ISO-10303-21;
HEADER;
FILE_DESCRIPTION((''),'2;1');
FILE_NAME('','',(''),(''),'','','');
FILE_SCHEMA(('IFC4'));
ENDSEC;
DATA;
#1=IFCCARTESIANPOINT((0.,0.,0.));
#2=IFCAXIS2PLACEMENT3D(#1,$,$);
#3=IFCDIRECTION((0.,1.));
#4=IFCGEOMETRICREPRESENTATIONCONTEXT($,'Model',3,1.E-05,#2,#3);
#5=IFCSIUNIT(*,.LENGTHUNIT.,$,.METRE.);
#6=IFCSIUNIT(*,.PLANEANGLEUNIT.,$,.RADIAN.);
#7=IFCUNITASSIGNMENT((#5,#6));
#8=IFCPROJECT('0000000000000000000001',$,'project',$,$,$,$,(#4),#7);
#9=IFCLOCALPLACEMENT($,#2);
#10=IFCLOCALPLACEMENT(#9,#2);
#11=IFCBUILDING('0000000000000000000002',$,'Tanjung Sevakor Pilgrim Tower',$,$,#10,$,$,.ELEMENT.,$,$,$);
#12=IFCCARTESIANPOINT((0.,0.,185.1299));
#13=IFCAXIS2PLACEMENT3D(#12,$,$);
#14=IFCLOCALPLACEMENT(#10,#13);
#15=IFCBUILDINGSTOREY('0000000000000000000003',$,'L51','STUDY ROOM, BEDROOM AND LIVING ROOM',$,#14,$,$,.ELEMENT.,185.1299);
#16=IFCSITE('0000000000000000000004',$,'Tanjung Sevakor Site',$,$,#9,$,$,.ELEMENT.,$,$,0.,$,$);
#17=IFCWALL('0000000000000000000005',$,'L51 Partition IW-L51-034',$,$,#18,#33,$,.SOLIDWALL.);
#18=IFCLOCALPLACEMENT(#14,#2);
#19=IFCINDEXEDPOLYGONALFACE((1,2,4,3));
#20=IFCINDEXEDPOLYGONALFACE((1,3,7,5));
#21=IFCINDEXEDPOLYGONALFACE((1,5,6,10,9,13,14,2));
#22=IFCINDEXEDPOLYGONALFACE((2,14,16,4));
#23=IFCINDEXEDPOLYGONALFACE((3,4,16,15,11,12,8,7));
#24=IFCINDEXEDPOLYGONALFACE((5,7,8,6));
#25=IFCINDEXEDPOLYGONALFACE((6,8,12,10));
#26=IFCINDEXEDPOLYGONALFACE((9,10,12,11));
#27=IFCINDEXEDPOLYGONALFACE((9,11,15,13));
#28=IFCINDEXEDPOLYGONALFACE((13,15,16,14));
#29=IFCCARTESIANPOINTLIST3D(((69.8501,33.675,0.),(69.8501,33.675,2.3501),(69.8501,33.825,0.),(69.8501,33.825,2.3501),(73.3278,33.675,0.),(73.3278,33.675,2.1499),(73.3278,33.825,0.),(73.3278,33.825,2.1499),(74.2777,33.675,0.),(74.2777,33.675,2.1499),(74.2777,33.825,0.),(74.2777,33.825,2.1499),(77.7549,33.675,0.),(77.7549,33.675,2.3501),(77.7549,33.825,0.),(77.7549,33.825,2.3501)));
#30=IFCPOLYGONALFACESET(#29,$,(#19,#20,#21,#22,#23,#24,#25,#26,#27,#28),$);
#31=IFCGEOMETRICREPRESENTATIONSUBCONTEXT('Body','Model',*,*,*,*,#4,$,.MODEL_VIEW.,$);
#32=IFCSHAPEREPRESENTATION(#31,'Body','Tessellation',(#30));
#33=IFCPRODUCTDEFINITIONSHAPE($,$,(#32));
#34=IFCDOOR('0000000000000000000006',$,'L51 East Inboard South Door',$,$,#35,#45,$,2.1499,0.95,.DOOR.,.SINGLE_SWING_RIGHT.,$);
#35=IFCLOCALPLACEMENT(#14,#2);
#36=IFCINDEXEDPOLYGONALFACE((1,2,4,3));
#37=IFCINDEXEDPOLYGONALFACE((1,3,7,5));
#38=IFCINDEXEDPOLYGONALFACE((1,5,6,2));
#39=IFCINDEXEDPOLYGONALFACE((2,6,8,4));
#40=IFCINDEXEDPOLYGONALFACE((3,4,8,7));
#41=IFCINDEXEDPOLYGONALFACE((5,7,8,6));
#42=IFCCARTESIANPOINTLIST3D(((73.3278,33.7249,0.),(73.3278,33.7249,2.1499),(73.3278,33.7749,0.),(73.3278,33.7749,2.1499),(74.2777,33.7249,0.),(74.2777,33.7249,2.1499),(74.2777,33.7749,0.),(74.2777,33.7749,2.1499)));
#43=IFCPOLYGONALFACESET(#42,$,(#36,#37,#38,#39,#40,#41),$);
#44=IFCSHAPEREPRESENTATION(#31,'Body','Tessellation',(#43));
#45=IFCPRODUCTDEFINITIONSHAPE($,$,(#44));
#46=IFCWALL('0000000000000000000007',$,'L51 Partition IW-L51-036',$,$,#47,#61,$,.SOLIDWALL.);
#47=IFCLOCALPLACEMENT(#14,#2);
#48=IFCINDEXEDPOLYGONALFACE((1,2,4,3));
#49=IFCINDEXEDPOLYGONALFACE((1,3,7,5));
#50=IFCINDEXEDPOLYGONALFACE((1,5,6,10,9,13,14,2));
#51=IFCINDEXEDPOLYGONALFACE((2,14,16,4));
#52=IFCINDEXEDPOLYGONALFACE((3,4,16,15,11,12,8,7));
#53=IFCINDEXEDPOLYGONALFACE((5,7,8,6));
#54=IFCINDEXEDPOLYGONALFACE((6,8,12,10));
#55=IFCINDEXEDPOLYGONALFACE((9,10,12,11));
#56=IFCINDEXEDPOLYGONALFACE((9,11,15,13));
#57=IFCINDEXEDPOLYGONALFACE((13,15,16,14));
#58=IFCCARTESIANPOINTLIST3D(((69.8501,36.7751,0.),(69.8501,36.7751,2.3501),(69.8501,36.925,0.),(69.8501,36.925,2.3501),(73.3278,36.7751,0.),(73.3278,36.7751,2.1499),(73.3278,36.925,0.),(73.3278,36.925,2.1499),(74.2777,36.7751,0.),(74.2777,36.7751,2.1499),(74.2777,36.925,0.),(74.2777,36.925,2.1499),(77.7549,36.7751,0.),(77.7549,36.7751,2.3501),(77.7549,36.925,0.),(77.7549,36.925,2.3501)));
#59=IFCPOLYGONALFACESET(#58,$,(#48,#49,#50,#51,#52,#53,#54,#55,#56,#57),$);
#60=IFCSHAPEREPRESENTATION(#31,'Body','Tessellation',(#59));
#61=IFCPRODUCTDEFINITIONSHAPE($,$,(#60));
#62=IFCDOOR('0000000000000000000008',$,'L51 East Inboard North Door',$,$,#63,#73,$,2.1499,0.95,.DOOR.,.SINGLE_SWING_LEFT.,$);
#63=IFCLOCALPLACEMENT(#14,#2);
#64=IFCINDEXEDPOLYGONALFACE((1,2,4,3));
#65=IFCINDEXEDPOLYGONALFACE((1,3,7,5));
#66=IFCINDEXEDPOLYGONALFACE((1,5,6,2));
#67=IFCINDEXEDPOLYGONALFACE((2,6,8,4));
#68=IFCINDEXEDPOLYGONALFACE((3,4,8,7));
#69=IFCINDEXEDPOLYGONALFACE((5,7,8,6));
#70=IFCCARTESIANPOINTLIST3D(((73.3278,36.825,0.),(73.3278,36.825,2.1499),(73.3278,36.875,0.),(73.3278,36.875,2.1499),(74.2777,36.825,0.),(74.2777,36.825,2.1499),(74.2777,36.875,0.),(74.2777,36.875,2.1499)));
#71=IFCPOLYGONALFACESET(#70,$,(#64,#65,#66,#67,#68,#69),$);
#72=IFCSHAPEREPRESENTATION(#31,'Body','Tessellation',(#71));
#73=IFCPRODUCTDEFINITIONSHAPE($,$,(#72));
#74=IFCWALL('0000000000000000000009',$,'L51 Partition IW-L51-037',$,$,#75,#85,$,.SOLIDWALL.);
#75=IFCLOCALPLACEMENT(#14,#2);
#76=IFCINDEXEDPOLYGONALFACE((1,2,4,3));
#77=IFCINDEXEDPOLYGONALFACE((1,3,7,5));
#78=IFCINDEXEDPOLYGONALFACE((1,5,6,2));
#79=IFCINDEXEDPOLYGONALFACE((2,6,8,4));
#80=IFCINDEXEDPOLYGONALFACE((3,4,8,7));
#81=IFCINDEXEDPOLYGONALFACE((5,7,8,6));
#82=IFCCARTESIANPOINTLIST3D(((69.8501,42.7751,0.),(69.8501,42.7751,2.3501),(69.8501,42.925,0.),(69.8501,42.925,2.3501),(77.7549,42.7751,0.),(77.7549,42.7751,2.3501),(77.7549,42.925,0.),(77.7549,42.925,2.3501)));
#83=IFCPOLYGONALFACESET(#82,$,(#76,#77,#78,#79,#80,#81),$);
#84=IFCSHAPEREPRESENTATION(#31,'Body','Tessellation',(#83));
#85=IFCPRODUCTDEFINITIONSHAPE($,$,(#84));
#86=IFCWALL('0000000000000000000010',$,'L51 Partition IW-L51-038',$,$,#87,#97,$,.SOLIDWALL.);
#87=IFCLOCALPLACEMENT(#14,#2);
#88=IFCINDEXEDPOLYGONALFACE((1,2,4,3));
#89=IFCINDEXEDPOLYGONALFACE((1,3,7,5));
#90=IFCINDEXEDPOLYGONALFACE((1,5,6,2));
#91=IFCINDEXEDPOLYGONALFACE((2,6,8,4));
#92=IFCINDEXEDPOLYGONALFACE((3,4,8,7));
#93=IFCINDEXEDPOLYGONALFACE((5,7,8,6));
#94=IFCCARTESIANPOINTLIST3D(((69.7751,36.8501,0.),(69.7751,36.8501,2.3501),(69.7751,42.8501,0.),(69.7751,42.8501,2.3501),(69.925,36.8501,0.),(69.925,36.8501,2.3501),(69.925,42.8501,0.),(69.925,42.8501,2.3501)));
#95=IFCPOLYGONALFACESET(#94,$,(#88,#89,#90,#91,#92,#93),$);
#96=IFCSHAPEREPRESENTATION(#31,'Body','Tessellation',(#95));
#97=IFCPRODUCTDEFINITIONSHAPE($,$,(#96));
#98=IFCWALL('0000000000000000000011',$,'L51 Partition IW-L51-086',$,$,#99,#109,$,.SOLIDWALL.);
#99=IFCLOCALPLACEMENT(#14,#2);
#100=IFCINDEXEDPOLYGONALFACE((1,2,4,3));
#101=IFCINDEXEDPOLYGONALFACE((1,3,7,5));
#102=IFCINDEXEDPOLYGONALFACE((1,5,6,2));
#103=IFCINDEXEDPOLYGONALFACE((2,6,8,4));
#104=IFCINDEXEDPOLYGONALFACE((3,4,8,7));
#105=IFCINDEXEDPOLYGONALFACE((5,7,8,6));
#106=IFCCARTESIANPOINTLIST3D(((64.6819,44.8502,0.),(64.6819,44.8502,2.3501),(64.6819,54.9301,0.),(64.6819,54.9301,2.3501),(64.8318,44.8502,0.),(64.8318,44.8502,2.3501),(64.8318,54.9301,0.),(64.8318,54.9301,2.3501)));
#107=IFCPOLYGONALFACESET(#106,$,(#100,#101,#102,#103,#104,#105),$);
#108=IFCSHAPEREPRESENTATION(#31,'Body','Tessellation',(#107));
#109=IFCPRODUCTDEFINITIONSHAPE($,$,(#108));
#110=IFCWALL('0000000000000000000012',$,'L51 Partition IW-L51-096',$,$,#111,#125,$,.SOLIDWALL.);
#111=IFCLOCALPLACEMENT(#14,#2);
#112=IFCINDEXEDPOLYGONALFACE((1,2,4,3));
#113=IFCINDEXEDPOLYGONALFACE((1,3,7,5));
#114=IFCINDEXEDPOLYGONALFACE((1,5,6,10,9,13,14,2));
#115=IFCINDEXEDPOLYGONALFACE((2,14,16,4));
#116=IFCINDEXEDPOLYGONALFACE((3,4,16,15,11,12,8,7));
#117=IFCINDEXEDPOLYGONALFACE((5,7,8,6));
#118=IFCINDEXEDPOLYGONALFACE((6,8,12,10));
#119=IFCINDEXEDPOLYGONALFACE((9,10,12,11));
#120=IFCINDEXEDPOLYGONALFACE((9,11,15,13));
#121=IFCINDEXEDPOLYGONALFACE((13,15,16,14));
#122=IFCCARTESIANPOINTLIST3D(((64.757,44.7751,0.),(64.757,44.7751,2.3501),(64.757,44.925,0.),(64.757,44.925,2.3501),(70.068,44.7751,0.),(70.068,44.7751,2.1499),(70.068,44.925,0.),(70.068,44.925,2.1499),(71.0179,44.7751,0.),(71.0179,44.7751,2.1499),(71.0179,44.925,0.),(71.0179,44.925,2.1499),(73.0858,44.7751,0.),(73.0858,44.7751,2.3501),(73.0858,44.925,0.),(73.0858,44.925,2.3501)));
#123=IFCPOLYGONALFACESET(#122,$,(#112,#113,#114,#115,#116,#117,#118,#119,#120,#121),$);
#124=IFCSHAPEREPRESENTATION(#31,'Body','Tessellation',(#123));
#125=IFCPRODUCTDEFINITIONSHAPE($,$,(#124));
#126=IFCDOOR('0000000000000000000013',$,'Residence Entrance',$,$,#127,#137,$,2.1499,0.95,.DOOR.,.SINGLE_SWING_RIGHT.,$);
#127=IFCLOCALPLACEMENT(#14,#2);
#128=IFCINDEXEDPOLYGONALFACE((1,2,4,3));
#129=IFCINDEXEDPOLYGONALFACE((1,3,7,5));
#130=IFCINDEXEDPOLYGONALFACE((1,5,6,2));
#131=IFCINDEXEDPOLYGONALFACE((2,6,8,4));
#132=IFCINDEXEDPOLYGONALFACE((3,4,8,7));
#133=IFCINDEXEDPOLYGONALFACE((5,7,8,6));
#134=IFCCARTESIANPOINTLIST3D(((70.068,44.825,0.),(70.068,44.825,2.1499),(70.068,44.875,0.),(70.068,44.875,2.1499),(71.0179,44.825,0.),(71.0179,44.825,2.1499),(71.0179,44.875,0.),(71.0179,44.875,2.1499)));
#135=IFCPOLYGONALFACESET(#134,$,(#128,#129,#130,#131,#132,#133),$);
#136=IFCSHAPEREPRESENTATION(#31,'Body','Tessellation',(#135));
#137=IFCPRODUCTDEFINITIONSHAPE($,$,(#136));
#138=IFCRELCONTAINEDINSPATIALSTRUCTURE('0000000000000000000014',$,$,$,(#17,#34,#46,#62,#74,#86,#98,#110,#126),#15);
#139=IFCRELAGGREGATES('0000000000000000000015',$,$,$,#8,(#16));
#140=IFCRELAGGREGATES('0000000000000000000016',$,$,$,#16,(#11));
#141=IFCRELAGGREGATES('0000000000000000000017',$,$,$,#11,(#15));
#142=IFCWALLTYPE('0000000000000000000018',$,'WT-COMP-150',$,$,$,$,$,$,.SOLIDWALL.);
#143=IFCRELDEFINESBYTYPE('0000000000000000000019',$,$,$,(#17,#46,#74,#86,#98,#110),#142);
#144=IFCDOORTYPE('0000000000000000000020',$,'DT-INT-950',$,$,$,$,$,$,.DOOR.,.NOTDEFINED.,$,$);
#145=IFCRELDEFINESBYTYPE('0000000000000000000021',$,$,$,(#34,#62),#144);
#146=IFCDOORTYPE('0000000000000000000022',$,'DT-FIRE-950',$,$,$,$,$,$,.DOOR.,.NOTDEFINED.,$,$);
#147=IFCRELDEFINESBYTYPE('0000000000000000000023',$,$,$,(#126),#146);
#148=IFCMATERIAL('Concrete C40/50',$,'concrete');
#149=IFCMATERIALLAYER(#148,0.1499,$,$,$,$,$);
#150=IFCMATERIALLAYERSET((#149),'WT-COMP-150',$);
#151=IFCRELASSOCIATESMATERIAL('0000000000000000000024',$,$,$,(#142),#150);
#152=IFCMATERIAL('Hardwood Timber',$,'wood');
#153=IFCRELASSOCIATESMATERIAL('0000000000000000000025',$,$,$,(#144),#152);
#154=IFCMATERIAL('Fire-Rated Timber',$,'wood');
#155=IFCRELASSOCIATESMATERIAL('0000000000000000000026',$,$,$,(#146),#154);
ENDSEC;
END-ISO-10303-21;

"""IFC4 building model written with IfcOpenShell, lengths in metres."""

from ifc_helpers import new_model, si_unit, direction, frame, frame_2d, origin, place, context, subcontext, project, spatial, rectangle, extrude, material, layer, layer_set, type_object, element, fill, save


model = new_model("IFC4")

# Units and contexts
model_context = context("Model", 3, precision=1e-05, world=origin(), true_north=direction((0.0, 1.0)))
body_context = subcontext(model_context, "Body", "Model", "MODEL_VIEW")
ifc_project = project(units=[si_unit("LENGTHUNIT", "METRE"), si_unit("PLANEANGLEUNIT", "RADIAN")], contexts=[model_context])

# Site, building, storey
site_placement = place(None, origin())
site = spatial("IfcSite", under=ifc_project, at=site_placement, Name="Tanjung Sevakor Site", CompositionType="ELEMENT", RefElevation=0.0)
building_placement = place(site_placement, origin())
building = spatial("IfcBuilding", under=site, at=building_placement, Name="Tanjung Sevakor Pilgrim Tower", CompositionType="ELEMENT")
storey_placement = place(building_placement, frame((0.0, 0.0, 185.1299)))
storey = spatial("IfcBuildingStorey", under=building, at=storey_placement, Name="L51", Description="STUDY ROOM, BEDROOM AND LIVING ROOM", CompositionType="ELEMENT", Elevation=185.1299)

# Walls, openings, doors
ifc_material_1 = material(Name="Concrete C40/50", Category="concrete")
ifc_layer_1 = layer(ifc_material_1, 0.1499)
ifc_layer_set_1 = layer_set([ifc_layer_1], Name="WT-COMP-150")
wall_type_1 = type_object("IfcWallType", Name="WT-COMP-150", PredefinedType="SOLIDWALL", material=ifc_layer_set_1)
wall_1_placement = place(storey_placement, frame((69.8501, 33.75, 0.0), z_axis=(0.0, 0.0, 1.0), x_axis=(1.0, 0.0, 0.0)))
wall_1 = element("IfcWall", 1, at=wall_1_placement, inside=storey, type_object=wall_type_1, Name="L51 Partition IW-L51-034", PredefinedType="SOLIDWALL", context=body_context, shape_type="SweptSolid", body=[
    extrude(rectangle(XDim=7.9048, YDim=0.1499, at=frame_2d((3.9524, 0.0))), origin(), (0.0, 0.0, 1.0), 2.3501),
])
opening_1_placement = place(wall_1_placement, frame((3.4775, 0.0, 0.0)))
opening_1 = element("IfcOpeningElement", 2, at=opening_1_placement, cuts=wall_1, PredefinedType="OPENING", context=body_context, shape_type="SweptSolid", body=[
    extrude(rectangle(XDim=0.95, YDim=2.1499, at=frame_2d((0.4751, 1.075))), frame((0.0, 0.085, 0.0), z_axis=(0.0, -1.0, 0.0), x_axis=(1.0, 0.0, 0.0)), (0.0, 0.0, 1.0), 0.1699),
])
ifc_material_2 = material(Name="Hardwood Timber", Category="wood")
door_type_1 = type_object("IfcDoorType", Name="DT-INT-950", OperationType="NOTDEFINED", PredefinedType="DOOR", material=ifc_material_2)
door_1_placement = place(opening_1_placement, origin())
door_1 = element("IfcDoor", 3, at=door_1_placement, inside=storey, type_object=door_type_1, Name="L51 East Inboard South Door", OperationType="SINGLE_SWING_RIGHT", OverallHeight=2.1499, OverallWidth=0.95, PredefinedType="DOOR", context=body_context, shape_type="SweptSolid", body=[
    extrude(rectangle(XDim=0.95, YDim=2.1499, at=frame_2d((0.4751, 1.075))), frame((0.0, 0.0249, 0.0), z_axis=(0.0, -1.0, 0.0), x_axis=(1.0, 0.0, 0.0)), (0.0, 0.0, 1.0), 0.05),
])
fill(opening_1, door_1)
wall_2_placement = place(storey_placement, frame((69.8501, 36.8501, 0.0), z_axis=(0.0, 0.0, 1.0), x_axis=(1.0, 0.0, 0.0)))
wall_2 = element("IfcWall", 4, at=wall_2_placement, inside=storey, type_object=wall_type_1, Name="L51 Partition IW-L51-036", PredefinedType="SOLIDWALL", context=body_context, shape_type="SweptSolid", body=[
    extrude(rectangle(XDim=7.9048, YDim=0.1499, at=frame_2d((3.9524, 0.0))), origin(), (0.0, 0.0, 1.0), 2.3501),
])
opening_2_placement = place(wall_2_placement, frame((3.4775, 0.0, 0.0)))
opening_2 = element("IfcOpeningElement", 5, at=opening_2_placement, cuts=wall_2, PredefinedType="OPENING", context=body_context, shape_type="SweptSolid", body=[
    extrude(rectangle(XDim=0.95, YDim=2.1499, at=frame_2d((0.4751, 1.075))), frame((0.0, 0.085, 0.0), z_axis=(0.0, -1.0, 0.0), x_axis=(1.0, 0.0, 0.0)), (0.0, 0.0, 1.0), 0.1699),
])
door_2_placement = place(opening_2_placement, origin())
door_2 = element("IfcDoor", 6, at=door_2_placement, inside=storey, type_object=door_type_1, Name="L51 East Inboard North Door", OperationType="SINGLE_SWING_LEFT", OverallHeight=2.1499, OverallWidth=0.95, PredefinedType="DOOR", context=body_context, shape_type="SweptSolid", body=[
    extrude(rectangle(XDim=0.95, YDim=2.1499, at=frame_2d((0.4751, 1.075))), frame((0.0, 0.0249, 0.0), z_axis=(0.0, -1.0, 0.0), x_axis=(1.0, 0.0, 0.0)), (0.0, 0.0, 1.0), 0.05),
])
fill(opening_2, door_2)

# Walls
wall_3_placement = place(storey_placement, frame((69.8501, 42.8501, 0.0), z_axis=(0.0, 0.0, 1.0), x_axis=(1.0, 0.0, 0.0)))
element("IfcWall", 7, at=wall_3_placement, inside=storey, type_object=wall_type_1, Name="L51 Partition IW-L51-037", PredefinedType="SOLIDWALL", context=body_context, shape_type="SweptSolid", body=[
    extrude(rectangle(XDim=7.9048, YDim=0.1499, at=frame_2d((3.9524, 0.0))), origin(), (0.0, 0.0, 1.0), 2.3501),
])
wall_4_placement = place(storey_placement, frame((69.8501, 36.8501, 0.0), z_axis=(0.0, 0.0, 1.0), x_axis=(0.0, 1.0, 0.0)))
element("IfcWall", 8, at=wall_4_placement, inside=storey, type_object=wall_type_1, Name="L51 Partition IW-L51-038", PredefinedType="SOLIDWALL", context=body_context, shape_type="SweptSolid", body=[
    extrude(rectangle(XDim=6.0, YDim=0.1499, at=frame_2d((3.0, 0.0))), origin(), (0.0, 0.0, 1.0), 2.3501),
])
wall_5_placement = place(storey_placement, frame((64.7568, 44.8501, 0.0), z_axis=(0.0, 0.0, 1.0), x_axis=(0.0, 1.0, 0.0)))
element("IfcWall", 9, at=wall_5_placement, inside=storey, type_object=wall_type_1, Name="L51 Partition IW-L51-086", PredefinedType="SOLIDWALL", context=body_context, shape_type="SweptSolid", body=[
    extrude(rectangle(XDim=10.0798, YDim=0.1499, at=frame_2d((5.04, 0.0))), origin(), (0.0, 0.0, 1.0), 2.3501),
])

# Wall, opening, door
wall_6_placement = place(storey_placement, frame((64.7568, 44.8501, 0.0), z_axis=(0.0, 0.0, 1.0), x_axis=(1.0, 0.0, 0.0)))
wall_6 = element("IfcWall", 10, at=wall_6_placement, inside=storey, type_object=wall_type_1, Name="L51 Partition IW-L51-096", PredefinedType="SOLIDWALL", context=body_context, shape_type="SweptSolid", body=[
    extrude(rectangle(XDim=8.3289, YDim=0.1499, at=frame_2d((4.1646, 0.0))), origin(), (0.0, 0.0, 1.0), 2.3501),
])
opening_3_placement = place(wall_6_placement, frame((5.311, 0.0, 0.0)))
opening_3 = element("IfcOpeningElement", 11, at=opening_3_placement, cuts=wall_6, PredefinedType="OPENING", context=body_context, shape_type="SweptSolid", body=[
    extrude(rectangle(XDim=0.95, YDim=2.1499, at=frame_2d((0.4751, 1.075))), frame((0.0, 0.085, 0.0), z_axis=(0.0, -1.0, 0.0), x_axis=(1.0, 0.0, 0.0)), (0.0, 0.0, 1.0), 0.1699),
])
ifc_material_3 = material(Name="Fire-Rated Timber", Category="wood")
door_type_2 = type_object("IfcDoorType", Name="DT-FIRE-950", OperationType="NOTDEFINED", PredefinedType="DOOR", material=ifc_material_3)
door_3_placement = place(opening_3_placement, origin())
door_3 = element("IfcDoor", 12, at=door_3_placement, inside=storey, type_object=door_type_2, Name="Residence Entrance", OperationType="SINGLE_SWING_RIGHT", OverallHeight=2.1499, OverallWidth=0.95, PredefinedType="DOOR", context=body_context, shape_type="SweptSolid", body=[
    extrude(rectangle(XDim=0.95, YDim=2.1499, at=frame_2d((0.4751, 1.075))), frame((0.0, 0.0249, 0.0), z_axis=(0.0, -1.0, 0.0), x_axis=(1.0, 0.0, 0.0)), (0.0, 0.0, 1.0), 0.05),
])
fill(opening_3, door_3)

save(model, "model.ifc")
